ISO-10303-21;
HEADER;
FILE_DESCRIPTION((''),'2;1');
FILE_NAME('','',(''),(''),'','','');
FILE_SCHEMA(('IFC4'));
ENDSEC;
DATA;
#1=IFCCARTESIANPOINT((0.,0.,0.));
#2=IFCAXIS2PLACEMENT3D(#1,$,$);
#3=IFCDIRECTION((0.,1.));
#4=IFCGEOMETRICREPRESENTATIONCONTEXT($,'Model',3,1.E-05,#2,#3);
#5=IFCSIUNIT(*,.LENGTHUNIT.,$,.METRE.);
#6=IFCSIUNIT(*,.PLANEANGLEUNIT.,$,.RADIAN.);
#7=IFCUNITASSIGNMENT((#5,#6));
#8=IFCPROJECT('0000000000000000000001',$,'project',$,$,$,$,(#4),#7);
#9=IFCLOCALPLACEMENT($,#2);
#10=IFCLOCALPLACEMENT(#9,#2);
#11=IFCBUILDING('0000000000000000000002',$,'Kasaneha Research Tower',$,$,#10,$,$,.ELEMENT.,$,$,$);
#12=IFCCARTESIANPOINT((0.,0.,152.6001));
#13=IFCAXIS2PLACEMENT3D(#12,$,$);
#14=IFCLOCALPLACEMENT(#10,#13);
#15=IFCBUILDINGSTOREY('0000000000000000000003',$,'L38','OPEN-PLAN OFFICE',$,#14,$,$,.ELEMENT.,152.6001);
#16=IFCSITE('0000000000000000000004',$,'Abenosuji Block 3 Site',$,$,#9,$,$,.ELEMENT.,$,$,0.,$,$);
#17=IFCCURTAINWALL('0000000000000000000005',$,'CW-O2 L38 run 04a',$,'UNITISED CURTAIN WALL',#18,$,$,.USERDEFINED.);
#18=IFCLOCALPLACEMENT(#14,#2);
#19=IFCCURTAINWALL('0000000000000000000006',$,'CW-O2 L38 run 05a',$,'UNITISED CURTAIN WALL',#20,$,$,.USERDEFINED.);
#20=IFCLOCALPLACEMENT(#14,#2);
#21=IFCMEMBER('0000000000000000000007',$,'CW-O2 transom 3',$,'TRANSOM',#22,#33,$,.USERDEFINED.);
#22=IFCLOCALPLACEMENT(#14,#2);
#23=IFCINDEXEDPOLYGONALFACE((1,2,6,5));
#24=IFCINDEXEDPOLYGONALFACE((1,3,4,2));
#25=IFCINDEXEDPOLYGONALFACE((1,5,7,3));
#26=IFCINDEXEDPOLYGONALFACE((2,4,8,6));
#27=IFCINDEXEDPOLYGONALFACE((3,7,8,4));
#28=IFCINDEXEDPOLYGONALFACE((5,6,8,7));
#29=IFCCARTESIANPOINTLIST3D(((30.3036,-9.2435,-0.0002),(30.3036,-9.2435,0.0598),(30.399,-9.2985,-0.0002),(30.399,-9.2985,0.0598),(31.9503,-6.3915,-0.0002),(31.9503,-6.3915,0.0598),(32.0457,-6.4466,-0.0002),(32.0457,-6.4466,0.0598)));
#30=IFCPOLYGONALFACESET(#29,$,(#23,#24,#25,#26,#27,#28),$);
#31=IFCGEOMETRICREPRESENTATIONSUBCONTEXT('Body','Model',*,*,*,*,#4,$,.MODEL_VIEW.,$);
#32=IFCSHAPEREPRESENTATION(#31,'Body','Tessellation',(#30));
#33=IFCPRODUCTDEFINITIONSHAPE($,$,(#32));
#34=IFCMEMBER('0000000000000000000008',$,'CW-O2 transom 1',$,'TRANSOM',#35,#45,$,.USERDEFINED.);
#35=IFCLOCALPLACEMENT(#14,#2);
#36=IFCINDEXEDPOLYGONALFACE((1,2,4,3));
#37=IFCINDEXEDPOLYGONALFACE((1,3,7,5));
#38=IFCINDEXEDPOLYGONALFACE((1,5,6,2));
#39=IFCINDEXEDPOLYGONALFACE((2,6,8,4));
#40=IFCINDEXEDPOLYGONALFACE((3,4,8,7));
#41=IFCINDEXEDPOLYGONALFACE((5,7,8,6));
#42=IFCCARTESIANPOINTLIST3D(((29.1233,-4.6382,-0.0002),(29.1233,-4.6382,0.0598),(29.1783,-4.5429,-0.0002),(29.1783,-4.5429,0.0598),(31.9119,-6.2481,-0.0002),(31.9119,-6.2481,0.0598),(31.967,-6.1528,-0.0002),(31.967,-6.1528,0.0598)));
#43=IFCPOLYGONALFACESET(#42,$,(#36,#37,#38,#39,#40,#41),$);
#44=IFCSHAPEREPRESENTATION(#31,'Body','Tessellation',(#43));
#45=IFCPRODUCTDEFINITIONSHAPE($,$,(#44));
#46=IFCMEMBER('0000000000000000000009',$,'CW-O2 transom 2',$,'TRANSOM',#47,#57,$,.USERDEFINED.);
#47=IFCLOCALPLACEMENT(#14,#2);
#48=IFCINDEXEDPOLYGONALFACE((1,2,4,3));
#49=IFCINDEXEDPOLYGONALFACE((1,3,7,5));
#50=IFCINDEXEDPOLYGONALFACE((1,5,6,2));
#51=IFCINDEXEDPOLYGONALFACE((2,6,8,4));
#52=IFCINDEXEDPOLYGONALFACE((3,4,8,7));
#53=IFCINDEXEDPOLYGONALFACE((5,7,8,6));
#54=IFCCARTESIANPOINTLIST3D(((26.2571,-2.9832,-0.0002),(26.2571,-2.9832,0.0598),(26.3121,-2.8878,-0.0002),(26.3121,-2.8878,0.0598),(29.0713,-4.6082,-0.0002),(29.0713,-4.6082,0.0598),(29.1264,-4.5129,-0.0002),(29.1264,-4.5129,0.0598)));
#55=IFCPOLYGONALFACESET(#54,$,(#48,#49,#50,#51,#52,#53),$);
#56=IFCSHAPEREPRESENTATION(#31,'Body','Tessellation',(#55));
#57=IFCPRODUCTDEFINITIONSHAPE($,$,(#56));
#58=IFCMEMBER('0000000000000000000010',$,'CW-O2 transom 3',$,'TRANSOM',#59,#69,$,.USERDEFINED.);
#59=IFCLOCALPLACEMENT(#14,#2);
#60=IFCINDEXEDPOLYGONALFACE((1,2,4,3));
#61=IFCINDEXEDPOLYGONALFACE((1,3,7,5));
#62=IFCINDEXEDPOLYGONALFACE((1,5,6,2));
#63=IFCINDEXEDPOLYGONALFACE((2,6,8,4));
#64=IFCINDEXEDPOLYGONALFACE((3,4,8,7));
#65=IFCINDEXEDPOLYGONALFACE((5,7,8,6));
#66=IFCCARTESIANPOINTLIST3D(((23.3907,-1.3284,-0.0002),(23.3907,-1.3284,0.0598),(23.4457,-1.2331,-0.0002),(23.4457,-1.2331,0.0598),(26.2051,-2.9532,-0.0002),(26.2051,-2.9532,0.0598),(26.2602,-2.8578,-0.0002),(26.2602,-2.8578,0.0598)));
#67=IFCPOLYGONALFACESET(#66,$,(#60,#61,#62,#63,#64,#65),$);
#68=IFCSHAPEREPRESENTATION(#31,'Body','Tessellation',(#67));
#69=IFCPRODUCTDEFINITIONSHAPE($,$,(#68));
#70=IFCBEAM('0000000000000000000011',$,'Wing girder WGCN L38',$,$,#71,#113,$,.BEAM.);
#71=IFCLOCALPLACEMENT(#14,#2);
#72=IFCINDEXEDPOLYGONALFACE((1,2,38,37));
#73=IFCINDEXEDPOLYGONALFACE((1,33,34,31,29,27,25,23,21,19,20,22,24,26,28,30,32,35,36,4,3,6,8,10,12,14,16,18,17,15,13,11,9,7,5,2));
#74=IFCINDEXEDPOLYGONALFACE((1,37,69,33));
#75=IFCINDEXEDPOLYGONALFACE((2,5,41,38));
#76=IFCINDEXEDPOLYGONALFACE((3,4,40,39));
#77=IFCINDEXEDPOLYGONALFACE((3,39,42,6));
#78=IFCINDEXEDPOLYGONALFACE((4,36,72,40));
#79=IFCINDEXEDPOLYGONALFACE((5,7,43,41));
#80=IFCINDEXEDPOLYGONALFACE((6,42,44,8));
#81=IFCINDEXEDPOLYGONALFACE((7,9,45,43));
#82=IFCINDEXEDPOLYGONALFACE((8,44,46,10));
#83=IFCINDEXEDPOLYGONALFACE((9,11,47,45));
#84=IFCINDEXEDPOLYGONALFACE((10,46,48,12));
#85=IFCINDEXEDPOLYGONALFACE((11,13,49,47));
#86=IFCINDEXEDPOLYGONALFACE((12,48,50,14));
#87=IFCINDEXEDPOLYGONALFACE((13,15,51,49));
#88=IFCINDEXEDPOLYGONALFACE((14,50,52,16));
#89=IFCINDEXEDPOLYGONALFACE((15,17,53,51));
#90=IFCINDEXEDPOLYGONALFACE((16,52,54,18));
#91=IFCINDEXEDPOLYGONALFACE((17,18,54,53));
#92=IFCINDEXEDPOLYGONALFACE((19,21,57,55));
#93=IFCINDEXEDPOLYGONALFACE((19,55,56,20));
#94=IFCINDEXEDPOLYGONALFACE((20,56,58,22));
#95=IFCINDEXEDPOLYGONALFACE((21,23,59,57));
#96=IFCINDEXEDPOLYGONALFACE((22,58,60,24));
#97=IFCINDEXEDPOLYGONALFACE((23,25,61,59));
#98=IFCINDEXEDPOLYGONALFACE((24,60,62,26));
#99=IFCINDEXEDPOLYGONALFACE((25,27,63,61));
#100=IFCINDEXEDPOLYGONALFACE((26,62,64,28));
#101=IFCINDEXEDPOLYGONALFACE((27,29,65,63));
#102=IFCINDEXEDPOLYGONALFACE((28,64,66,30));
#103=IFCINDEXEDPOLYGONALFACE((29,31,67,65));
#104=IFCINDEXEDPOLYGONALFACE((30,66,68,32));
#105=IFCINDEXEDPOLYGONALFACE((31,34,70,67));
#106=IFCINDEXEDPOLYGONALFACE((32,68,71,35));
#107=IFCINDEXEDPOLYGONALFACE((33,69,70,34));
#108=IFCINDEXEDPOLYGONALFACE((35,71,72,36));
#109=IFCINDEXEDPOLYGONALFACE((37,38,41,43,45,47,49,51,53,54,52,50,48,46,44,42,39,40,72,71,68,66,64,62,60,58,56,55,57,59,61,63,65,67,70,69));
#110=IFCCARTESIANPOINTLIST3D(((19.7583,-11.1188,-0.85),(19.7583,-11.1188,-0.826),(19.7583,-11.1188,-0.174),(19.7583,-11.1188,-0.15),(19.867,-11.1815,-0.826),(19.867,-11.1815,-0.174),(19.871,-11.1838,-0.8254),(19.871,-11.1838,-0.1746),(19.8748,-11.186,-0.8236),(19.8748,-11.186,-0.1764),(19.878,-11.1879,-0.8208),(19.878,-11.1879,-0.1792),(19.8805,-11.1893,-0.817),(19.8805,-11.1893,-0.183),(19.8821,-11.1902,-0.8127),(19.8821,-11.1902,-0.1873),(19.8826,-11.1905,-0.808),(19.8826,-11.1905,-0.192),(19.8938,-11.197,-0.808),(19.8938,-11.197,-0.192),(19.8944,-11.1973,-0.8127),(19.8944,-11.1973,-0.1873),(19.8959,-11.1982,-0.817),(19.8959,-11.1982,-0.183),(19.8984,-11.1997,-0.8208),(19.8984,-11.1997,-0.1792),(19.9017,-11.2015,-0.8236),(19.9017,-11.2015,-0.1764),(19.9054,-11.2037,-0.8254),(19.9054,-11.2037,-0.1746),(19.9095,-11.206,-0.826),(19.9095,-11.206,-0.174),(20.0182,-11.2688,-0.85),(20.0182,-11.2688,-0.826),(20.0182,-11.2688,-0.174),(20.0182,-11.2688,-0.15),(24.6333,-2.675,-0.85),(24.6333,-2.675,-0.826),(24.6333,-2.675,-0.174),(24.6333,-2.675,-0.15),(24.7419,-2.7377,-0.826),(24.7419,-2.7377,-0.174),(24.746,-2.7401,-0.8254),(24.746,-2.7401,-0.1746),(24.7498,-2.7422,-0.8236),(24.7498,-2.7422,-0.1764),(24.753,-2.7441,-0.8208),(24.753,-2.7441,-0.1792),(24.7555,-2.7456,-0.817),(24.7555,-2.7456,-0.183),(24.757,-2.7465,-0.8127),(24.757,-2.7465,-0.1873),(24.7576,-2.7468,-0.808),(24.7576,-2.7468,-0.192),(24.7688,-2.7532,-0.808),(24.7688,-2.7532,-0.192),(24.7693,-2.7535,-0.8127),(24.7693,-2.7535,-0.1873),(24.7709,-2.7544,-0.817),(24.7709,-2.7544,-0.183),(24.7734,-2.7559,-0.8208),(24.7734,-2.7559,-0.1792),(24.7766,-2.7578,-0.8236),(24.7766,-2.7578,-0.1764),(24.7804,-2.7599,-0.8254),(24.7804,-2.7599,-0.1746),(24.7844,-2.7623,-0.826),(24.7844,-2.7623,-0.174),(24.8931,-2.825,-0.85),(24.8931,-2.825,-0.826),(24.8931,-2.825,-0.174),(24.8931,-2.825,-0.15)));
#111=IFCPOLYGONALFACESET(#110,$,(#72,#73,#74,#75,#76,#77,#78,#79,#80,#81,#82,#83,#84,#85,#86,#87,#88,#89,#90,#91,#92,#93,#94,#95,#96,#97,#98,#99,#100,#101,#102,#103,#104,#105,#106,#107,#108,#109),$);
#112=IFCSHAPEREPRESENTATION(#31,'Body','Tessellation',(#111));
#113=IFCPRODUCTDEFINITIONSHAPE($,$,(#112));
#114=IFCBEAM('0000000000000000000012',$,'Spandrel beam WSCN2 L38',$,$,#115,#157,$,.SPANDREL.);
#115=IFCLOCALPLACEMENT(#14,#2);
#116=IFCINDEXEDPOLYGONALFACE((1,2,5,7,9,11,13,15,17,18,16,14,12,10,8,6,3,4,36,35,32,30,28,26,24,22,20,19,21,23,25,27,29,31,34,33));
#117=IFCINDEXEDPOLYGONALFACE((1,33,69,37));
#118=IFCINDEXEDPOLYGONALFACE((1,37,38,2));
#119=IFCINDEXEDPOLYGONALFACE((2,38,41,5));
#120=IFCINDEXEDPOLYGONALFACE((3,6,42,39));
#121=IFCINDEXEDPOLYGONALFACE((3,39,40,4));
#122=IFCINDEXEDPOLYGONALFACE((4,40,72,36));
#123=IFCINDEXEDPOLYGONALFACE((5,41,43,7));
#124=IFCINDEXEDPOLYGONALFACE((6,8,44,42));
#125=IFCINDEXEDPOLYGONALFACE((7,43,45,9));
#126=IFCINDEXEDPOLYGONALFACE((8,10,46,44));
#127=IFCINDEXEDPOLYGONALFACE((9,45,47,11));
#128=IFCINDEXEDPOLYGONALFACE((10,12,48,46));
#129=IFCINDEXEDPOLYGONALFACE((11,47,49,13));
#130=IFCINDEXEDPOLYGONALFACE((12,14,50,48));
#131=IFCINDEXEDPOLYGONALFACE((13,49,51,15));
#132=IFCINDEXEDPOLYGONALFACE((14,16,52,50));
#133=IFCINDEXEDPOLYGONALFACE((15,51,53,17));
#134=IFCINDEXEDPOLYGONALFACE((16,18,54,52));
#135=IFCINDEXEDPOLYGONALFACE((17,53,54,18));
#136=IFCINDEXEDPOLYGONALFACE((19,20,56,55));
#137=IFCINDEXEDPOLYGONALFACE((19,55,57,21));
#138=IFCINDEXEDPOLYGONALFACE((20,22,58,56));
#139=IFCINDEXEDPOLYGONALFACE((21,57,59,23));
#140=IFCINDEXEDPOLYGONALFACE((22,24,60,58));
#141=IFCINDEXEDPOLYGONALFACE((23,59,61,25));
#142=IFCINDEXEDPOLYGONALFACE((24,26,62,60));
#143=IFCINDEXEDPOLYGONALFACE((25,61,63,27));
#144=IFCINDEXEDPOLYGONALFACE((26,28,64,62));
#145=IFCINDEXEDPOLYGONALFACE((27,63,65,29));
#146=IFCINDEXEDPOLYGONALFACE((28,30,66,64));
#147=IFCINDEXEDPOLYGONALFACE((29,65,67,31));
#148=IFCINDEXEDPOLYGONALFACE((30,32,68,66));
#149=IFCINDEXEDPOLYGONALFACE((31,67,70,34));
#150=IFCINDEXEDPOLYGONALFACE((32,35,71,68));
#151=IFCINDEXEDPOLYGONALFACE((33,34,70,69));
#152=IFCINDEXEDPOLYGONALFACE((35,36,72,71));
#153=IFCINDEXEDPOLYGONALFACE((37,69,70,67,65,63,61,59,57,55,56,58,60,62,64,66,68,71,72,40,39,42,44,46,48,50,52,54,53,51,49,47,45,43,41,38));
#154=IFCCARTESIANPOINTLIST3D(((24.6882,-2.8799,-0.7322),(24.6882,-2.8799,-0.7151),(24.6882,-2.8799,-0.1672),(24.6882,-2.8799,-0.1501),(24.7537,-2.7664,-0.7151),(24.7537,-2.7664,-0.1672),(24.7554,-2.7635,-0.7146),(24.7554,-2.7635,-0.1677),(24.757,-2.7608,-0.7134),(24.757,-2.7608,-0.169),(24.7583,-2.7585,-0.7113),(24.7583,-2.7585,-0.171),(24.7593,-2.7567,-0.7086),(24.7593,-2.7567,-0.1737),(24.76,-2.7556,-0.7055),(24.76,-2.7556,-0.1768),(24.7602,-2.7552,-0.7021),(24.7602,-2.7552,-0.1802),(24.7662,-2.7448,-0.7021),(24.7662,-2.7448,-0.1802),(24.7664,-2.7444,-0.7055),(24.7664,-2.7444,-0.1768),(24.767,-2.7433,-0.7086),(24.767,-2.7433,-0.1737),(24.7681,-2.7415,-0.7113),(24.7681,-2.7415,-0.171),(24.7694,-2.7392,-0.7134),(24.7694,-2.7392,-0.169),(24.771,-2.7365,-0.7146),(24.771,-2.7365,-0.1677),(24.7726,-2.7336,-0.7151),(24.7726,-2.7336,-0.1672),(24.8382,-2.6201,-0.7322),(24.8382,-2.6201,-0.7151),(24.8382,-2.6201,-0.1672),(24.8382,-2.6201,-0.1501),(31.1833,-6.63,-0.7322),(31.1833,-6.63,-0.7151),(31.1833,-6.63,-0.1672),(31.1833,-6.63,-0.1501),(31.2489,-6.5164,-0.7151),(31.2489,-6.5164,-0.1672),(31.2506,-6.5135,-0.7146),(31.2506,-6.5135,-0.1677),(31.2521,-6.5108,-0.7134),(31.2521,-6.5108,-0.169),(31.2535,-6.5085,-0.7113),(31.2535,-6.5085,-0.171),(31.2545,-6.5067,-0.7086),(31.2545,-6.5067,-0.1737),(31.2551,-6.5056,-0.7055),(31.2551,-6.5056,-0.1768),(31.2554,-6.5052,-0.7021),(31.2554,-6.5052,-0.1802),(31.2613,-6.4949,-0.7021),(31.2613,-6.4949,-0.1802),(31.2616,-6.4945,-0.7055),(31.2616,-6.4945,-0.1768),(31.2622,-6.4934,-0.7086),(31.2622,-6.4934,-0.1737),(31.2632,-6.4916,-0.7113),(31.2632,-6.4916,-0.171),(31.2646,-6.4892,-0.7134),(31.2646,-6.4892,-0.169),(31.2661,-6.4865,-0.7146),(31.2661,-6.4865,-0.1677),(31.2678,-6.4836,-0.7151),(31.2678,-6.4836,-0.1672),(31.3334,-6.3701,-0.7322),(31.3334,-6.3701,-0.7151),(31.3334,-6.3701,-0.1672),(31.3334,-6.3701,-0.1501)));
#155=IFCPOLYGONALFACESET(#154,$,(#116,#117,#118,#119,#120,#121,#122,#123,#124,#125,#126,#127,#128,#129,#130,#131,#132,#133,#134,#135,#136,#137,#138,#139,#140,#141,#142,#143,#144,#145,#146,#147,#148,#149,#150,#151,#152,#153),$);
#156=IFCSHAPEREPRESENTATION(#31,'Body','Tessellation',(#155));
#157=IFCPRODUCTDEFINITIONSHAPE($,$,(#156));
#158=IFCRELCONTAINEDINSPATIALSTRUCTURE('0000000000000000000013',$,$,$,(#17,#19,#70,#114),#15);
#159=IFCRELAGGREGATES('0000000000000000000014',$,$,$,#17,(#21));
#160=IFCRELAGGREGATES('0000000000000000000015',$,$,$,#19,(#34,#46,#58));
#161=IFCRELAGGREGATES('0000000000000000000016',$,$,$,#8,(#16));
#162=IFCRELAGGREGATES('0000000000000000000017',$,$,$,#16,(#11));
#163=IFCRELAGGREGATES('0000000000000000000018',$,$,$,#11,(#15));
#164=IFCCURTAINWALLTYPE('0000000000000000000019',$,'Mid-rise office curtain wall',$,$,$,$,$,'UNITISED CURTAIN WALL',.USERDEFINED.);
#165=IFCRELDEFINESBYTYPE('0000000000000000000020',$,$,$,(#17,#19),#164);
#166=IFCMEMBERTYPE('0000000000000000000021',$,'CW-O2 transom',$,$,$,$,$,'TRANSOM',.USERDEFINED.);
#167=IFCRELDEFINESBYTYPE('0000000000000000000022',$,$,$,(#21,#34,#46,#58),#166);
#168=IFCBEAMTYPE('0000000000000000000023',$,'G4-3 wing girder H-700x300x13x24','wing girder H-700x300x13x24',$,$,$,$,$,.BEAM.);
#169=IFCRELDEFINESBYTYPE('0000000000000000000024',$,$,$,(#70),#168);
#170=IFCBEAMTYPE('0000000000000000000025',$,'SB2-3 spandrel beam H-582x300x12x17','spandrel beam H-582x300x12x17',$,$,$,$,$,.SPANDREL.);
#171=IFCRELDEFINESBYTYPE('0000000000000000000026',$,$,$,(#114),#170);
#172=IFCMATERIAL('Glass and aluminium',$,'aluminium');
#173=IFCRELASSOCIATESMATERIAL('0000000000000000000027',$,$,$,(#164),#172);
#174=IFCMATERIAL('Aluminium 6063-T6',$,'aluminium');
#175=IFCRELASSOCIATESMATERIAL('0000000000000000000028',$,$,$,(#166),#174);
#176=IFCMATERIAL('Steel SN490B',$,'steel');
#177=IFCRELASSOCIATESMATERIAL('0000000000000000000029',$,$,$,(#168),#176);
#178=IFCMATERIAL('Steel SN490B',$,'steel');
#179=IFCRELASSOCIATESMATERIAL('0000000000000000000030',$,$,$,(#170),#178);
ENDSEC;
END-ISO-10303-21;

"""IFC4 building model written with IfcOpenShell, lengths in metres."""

from ifc_helpers import new_model, si_unit, direction, frame, origin, origin_2d, place, context, subcontext, project, spatial, rectangle, i_section, extrude, material, material_profile, profile_set, type_object, element, aggregate, save


model = new_model("IFC4")

# Units and contexts
model_context = context("Model", 3, precision=1e-05, world=origin(), true_north=direction((0.0, 1.0)))
body_context = subcontext(model_context, "Body", "Model", "MODEL_VIEW")
ifc_project = project(units=[si_unit("LENGTHUNIT", "METRE"), si_unit("PLANEANGLEUNIT", "RADIAN")], contexts=[model_context])

# Site, building, storey
site_placement = place(None, origin())
site = spatial("IfcSite", under=ifc_project, at=site_placement, Name="Abenosuji Block 3 Site", CompositionType="ELEMENT", RefElevation=0.0)
building_placement = place(site_placement, origin())
building = spatial("IfcBuilding", under=site, at=building_placement, Name="Kasaneha Research Tower", CompositionType="ELEMENT")
storey_placement = place(building_placement, frame((0.0, 0.0, 152.6001)))
storey = spatial("IfcBuildingStorey", under=building, at=storey_placement, Name="L38", Description="OPEN-PLAN OFFICE", CompositionType="ELEMENT", Elevation=152.6001)

# Curtain walls
ifc_material_1 = material(Name="Glass and aluminium", Category="aluminium")
curtain_wall_type = type_object("IfcCurtainWallType", Name="Mid-rise office curtain wall", ElementType="UNITISED CURTAIN WALL", PredefinedType="USERDEFINED", material=ifc_material_1)
curtain_wall_1_placement = place(storey_placement, origin())
curtain_wall_1 = element("IfcCurtainWall", 1, at=curtain_wall_1_placement, inside=storey, type_object=curtain_wall_type, Name="CW-O2 L38 run 04a", ObjectType="UNITISED CURTAIN WALL", PredefinedType="USERDEFINED")
curtain_wall_2_placement = place(storey_placement, origin())
curtain_wall_2 = element("IfcCurtainWall", 2, at=curtain_wall_2_placement, inside=storey, type_object=curtain_wall_type, Name="CW-O2 L38 run 05a", ObjectType="UNITISED CURTAIN WALL", PredefinedType="USERDEFINED")

# Members
ifc_material_2 = material(Name="Aluminium 6063-T6", Category="aluminium")
ifc_material_profile_1 = material_profile(ifc_material_2, rectangle(XDim=0.1101, YDim=0.0601, at=origin_2d()), Name="CW-O2 transom 110x60")
ifc_profile_set_1 = profile_set([ifc_material_profile_1], Name="Aluminium 6063-T6")
member_type_1 = type_object("IfcMemberType", Name="CW-O2 transom", ElementType="TRANSOM", PredefinedType="USERDEFINED", material=ifc_profile_set_1)
member_1_placement = place(storey_placement, frame((30.3513, -9.271, 0.0298), z_axis=(0.500022, 0.866013, 0.0), x_axis=(-0.866013, 0.500022, 0.0)))
member_1 = element("IfcMember", 3, at=member_1_placement, type_object=member_type_1, Name="CW-O2 transom 3", ObjectType="TRANSOM", PredefinedType="USERDEFINED", context=body_context, shape_type="SweptSolid", body=[
    extrude(rectangle(XDim=0.1101, YDim=0.0601, at=origin_2d()), origin(), (0.0, 0.0, 1.0), 3.2932),
])
member_2_placement = place(storey_placement, frame((31.9395, -6.2004, 0.0298), z_axis=(-0.866042, 0.499972, 0.0), x_axis=(-0.499972, -0.866042, 0.0)))
member_2 = element("IfcMember", 4, at=member_2_placement, type_object=member_type_1, Name="CW-O2 transom 1", ObjectType="TRANSOM", PredefinedType="USERDEFINED", context=body_context, shape_type="SweptSolid", body=[
    extrude(rectangle(XDim=0.1101, YDim=0.0601, at=origin_2d()), origin(), (0.0, 0.0, 1.0), 3.22),
])
member_3_placement = place(storey_placement, frame((29.0989, -4.5605, 0.0298), z_axis=(-0.865997, 0.50005, 0.0), x_axis=(-0.50005, -0.865997, 0.0)))
member_3 = element("IfcMember", 5, at=member_3_placement, type_object=member_type_1, Name="CW-O2 transom 2", ObjectType="TRANSOM", PredefinedType="USERDEFINED", context=body_context, shape_type="SweptSolid", body=[
    extrude(rectangle(XDim=0.1101, YDim=0.0601, at=origin_2d()), origin(), (0.0, 0.0, 1.0), 3.2498),
])
member_4_placement = place(storey_placement, frame((26.2327, -2.9055, 0.0298), z_axis=(-0.866048, 0.499961, 0.0), x_axis=(-0.499961, -0.866048, 0.0)))
member_4 = element("IfcMember", 6, at=member_4_placement, type_object=member_type_1, Name="CW-O2 transom 3", ObjectType="TRANSOM", PredefinedType="USERDEFINED", context=body_context, shape_type="SweptSolid", body=[
    extrude(rectangle(XDim=0.1101, YDim=0.0601, at=origin_2d()), origin(), (0.0, 0.0, 1.0), 3.2498),
])

# Beams
ifc_material_3 = material(Name="Steel SN490B", Category="steel")
ifc_material_profile_2 = material_profile(ifc_material_3, i_section(OverallWidth=0.3, OverallDepth=0.7, WebThickness=0.0129, FlangeThickness=0.0239, FilletRadius=0.0181, at=origin_2d()), Name="H-700x300x13x24")
ifc_profile_set_2 = profile_set([ifc_material_profile_2], Name="Steel SN490B")
beam_type_1 = type_object("IfcBeamType", Name="G4-3 wing girder H-700x300x13x24", Description="wing girder H-700x300x13x24", PredefinedType="BEAM", material=ifc_profile_set_2)
beam_1_placement = place(storey_placement, frame((24.7632, -2.75, -0.5), z_axis=(-0.499996, -0.866028, 0.0), x_axis=(0.866028, -0.499996, 0.0)))
element("IfcBeam", 7, at=beam_1_placement, inside=storey, type_object=beam_type_1, Name="Wing girder WGCN L38", PredefinedType="BEAM", context=body_context, shape_type="SweptSolid", body=[
    extrude(i_section(OverallWidth=0.3, OverallDepth=0.7, WebThickness=0.0129, FlangeThickness=0.0239, FilletRadius=0.0181, at=origin_2d()), origin(), (0.0, 0.0, 1.0), 9.75),
])
ifc_material_4 = material(Name="Steel SN490B", Category="steel")
ifc_material_profile_3 = material_profile(ifc_material_4, i_section(OverallWidth=0.3, OverallDepth=0.582, WebThickness=0.012, FlangeThickness=0.0171, FilletRadius=0.0129, at=origin_2d()), Name="H-582x300x12x17")
ifc_profile_set_3 = profile_set([ifc_material_profile_3], Name="Steel SN490B")
beam_type_2 = type_object("IfcBeamType", Name="SB2-3 spandrel beam H-582x300x12x17", Description="spandrel beam H-582x300x12x17", PredefinedType="SPANDREL", material=ifc_profile_set_3)
beam_2_placement = place(storey_placement, frame((24.7632, -2.75, -0.4412), z_axis=(0.866023, -0.500004, 0.0), x_axis=(0.500004, 0.866023, 0.0)))
element("IfcBeam", 8, at=beam_2_placement, inside=storey, type_object=beam_type_2, Name="Spandrel beam WSCN2 L38", PredefinedType="SPANDREL", context=body_context, shape_type="SweptSolid", body=[
    extrude(i_section(OverallWidth=0.3, OverallDepth=0.582, WebThickness=0.012, FlangeThickness=0.0171, FilletRadius=0.0129, at=origin_2d()), origin(), (0.0, 0.0, 1.0), 7.5),
])

aggregate(curtain_wall_1, [member_1])
aggregate(curtain_wall_2, [member_2, member_3, member_4])

save(model, "model.ifc")
